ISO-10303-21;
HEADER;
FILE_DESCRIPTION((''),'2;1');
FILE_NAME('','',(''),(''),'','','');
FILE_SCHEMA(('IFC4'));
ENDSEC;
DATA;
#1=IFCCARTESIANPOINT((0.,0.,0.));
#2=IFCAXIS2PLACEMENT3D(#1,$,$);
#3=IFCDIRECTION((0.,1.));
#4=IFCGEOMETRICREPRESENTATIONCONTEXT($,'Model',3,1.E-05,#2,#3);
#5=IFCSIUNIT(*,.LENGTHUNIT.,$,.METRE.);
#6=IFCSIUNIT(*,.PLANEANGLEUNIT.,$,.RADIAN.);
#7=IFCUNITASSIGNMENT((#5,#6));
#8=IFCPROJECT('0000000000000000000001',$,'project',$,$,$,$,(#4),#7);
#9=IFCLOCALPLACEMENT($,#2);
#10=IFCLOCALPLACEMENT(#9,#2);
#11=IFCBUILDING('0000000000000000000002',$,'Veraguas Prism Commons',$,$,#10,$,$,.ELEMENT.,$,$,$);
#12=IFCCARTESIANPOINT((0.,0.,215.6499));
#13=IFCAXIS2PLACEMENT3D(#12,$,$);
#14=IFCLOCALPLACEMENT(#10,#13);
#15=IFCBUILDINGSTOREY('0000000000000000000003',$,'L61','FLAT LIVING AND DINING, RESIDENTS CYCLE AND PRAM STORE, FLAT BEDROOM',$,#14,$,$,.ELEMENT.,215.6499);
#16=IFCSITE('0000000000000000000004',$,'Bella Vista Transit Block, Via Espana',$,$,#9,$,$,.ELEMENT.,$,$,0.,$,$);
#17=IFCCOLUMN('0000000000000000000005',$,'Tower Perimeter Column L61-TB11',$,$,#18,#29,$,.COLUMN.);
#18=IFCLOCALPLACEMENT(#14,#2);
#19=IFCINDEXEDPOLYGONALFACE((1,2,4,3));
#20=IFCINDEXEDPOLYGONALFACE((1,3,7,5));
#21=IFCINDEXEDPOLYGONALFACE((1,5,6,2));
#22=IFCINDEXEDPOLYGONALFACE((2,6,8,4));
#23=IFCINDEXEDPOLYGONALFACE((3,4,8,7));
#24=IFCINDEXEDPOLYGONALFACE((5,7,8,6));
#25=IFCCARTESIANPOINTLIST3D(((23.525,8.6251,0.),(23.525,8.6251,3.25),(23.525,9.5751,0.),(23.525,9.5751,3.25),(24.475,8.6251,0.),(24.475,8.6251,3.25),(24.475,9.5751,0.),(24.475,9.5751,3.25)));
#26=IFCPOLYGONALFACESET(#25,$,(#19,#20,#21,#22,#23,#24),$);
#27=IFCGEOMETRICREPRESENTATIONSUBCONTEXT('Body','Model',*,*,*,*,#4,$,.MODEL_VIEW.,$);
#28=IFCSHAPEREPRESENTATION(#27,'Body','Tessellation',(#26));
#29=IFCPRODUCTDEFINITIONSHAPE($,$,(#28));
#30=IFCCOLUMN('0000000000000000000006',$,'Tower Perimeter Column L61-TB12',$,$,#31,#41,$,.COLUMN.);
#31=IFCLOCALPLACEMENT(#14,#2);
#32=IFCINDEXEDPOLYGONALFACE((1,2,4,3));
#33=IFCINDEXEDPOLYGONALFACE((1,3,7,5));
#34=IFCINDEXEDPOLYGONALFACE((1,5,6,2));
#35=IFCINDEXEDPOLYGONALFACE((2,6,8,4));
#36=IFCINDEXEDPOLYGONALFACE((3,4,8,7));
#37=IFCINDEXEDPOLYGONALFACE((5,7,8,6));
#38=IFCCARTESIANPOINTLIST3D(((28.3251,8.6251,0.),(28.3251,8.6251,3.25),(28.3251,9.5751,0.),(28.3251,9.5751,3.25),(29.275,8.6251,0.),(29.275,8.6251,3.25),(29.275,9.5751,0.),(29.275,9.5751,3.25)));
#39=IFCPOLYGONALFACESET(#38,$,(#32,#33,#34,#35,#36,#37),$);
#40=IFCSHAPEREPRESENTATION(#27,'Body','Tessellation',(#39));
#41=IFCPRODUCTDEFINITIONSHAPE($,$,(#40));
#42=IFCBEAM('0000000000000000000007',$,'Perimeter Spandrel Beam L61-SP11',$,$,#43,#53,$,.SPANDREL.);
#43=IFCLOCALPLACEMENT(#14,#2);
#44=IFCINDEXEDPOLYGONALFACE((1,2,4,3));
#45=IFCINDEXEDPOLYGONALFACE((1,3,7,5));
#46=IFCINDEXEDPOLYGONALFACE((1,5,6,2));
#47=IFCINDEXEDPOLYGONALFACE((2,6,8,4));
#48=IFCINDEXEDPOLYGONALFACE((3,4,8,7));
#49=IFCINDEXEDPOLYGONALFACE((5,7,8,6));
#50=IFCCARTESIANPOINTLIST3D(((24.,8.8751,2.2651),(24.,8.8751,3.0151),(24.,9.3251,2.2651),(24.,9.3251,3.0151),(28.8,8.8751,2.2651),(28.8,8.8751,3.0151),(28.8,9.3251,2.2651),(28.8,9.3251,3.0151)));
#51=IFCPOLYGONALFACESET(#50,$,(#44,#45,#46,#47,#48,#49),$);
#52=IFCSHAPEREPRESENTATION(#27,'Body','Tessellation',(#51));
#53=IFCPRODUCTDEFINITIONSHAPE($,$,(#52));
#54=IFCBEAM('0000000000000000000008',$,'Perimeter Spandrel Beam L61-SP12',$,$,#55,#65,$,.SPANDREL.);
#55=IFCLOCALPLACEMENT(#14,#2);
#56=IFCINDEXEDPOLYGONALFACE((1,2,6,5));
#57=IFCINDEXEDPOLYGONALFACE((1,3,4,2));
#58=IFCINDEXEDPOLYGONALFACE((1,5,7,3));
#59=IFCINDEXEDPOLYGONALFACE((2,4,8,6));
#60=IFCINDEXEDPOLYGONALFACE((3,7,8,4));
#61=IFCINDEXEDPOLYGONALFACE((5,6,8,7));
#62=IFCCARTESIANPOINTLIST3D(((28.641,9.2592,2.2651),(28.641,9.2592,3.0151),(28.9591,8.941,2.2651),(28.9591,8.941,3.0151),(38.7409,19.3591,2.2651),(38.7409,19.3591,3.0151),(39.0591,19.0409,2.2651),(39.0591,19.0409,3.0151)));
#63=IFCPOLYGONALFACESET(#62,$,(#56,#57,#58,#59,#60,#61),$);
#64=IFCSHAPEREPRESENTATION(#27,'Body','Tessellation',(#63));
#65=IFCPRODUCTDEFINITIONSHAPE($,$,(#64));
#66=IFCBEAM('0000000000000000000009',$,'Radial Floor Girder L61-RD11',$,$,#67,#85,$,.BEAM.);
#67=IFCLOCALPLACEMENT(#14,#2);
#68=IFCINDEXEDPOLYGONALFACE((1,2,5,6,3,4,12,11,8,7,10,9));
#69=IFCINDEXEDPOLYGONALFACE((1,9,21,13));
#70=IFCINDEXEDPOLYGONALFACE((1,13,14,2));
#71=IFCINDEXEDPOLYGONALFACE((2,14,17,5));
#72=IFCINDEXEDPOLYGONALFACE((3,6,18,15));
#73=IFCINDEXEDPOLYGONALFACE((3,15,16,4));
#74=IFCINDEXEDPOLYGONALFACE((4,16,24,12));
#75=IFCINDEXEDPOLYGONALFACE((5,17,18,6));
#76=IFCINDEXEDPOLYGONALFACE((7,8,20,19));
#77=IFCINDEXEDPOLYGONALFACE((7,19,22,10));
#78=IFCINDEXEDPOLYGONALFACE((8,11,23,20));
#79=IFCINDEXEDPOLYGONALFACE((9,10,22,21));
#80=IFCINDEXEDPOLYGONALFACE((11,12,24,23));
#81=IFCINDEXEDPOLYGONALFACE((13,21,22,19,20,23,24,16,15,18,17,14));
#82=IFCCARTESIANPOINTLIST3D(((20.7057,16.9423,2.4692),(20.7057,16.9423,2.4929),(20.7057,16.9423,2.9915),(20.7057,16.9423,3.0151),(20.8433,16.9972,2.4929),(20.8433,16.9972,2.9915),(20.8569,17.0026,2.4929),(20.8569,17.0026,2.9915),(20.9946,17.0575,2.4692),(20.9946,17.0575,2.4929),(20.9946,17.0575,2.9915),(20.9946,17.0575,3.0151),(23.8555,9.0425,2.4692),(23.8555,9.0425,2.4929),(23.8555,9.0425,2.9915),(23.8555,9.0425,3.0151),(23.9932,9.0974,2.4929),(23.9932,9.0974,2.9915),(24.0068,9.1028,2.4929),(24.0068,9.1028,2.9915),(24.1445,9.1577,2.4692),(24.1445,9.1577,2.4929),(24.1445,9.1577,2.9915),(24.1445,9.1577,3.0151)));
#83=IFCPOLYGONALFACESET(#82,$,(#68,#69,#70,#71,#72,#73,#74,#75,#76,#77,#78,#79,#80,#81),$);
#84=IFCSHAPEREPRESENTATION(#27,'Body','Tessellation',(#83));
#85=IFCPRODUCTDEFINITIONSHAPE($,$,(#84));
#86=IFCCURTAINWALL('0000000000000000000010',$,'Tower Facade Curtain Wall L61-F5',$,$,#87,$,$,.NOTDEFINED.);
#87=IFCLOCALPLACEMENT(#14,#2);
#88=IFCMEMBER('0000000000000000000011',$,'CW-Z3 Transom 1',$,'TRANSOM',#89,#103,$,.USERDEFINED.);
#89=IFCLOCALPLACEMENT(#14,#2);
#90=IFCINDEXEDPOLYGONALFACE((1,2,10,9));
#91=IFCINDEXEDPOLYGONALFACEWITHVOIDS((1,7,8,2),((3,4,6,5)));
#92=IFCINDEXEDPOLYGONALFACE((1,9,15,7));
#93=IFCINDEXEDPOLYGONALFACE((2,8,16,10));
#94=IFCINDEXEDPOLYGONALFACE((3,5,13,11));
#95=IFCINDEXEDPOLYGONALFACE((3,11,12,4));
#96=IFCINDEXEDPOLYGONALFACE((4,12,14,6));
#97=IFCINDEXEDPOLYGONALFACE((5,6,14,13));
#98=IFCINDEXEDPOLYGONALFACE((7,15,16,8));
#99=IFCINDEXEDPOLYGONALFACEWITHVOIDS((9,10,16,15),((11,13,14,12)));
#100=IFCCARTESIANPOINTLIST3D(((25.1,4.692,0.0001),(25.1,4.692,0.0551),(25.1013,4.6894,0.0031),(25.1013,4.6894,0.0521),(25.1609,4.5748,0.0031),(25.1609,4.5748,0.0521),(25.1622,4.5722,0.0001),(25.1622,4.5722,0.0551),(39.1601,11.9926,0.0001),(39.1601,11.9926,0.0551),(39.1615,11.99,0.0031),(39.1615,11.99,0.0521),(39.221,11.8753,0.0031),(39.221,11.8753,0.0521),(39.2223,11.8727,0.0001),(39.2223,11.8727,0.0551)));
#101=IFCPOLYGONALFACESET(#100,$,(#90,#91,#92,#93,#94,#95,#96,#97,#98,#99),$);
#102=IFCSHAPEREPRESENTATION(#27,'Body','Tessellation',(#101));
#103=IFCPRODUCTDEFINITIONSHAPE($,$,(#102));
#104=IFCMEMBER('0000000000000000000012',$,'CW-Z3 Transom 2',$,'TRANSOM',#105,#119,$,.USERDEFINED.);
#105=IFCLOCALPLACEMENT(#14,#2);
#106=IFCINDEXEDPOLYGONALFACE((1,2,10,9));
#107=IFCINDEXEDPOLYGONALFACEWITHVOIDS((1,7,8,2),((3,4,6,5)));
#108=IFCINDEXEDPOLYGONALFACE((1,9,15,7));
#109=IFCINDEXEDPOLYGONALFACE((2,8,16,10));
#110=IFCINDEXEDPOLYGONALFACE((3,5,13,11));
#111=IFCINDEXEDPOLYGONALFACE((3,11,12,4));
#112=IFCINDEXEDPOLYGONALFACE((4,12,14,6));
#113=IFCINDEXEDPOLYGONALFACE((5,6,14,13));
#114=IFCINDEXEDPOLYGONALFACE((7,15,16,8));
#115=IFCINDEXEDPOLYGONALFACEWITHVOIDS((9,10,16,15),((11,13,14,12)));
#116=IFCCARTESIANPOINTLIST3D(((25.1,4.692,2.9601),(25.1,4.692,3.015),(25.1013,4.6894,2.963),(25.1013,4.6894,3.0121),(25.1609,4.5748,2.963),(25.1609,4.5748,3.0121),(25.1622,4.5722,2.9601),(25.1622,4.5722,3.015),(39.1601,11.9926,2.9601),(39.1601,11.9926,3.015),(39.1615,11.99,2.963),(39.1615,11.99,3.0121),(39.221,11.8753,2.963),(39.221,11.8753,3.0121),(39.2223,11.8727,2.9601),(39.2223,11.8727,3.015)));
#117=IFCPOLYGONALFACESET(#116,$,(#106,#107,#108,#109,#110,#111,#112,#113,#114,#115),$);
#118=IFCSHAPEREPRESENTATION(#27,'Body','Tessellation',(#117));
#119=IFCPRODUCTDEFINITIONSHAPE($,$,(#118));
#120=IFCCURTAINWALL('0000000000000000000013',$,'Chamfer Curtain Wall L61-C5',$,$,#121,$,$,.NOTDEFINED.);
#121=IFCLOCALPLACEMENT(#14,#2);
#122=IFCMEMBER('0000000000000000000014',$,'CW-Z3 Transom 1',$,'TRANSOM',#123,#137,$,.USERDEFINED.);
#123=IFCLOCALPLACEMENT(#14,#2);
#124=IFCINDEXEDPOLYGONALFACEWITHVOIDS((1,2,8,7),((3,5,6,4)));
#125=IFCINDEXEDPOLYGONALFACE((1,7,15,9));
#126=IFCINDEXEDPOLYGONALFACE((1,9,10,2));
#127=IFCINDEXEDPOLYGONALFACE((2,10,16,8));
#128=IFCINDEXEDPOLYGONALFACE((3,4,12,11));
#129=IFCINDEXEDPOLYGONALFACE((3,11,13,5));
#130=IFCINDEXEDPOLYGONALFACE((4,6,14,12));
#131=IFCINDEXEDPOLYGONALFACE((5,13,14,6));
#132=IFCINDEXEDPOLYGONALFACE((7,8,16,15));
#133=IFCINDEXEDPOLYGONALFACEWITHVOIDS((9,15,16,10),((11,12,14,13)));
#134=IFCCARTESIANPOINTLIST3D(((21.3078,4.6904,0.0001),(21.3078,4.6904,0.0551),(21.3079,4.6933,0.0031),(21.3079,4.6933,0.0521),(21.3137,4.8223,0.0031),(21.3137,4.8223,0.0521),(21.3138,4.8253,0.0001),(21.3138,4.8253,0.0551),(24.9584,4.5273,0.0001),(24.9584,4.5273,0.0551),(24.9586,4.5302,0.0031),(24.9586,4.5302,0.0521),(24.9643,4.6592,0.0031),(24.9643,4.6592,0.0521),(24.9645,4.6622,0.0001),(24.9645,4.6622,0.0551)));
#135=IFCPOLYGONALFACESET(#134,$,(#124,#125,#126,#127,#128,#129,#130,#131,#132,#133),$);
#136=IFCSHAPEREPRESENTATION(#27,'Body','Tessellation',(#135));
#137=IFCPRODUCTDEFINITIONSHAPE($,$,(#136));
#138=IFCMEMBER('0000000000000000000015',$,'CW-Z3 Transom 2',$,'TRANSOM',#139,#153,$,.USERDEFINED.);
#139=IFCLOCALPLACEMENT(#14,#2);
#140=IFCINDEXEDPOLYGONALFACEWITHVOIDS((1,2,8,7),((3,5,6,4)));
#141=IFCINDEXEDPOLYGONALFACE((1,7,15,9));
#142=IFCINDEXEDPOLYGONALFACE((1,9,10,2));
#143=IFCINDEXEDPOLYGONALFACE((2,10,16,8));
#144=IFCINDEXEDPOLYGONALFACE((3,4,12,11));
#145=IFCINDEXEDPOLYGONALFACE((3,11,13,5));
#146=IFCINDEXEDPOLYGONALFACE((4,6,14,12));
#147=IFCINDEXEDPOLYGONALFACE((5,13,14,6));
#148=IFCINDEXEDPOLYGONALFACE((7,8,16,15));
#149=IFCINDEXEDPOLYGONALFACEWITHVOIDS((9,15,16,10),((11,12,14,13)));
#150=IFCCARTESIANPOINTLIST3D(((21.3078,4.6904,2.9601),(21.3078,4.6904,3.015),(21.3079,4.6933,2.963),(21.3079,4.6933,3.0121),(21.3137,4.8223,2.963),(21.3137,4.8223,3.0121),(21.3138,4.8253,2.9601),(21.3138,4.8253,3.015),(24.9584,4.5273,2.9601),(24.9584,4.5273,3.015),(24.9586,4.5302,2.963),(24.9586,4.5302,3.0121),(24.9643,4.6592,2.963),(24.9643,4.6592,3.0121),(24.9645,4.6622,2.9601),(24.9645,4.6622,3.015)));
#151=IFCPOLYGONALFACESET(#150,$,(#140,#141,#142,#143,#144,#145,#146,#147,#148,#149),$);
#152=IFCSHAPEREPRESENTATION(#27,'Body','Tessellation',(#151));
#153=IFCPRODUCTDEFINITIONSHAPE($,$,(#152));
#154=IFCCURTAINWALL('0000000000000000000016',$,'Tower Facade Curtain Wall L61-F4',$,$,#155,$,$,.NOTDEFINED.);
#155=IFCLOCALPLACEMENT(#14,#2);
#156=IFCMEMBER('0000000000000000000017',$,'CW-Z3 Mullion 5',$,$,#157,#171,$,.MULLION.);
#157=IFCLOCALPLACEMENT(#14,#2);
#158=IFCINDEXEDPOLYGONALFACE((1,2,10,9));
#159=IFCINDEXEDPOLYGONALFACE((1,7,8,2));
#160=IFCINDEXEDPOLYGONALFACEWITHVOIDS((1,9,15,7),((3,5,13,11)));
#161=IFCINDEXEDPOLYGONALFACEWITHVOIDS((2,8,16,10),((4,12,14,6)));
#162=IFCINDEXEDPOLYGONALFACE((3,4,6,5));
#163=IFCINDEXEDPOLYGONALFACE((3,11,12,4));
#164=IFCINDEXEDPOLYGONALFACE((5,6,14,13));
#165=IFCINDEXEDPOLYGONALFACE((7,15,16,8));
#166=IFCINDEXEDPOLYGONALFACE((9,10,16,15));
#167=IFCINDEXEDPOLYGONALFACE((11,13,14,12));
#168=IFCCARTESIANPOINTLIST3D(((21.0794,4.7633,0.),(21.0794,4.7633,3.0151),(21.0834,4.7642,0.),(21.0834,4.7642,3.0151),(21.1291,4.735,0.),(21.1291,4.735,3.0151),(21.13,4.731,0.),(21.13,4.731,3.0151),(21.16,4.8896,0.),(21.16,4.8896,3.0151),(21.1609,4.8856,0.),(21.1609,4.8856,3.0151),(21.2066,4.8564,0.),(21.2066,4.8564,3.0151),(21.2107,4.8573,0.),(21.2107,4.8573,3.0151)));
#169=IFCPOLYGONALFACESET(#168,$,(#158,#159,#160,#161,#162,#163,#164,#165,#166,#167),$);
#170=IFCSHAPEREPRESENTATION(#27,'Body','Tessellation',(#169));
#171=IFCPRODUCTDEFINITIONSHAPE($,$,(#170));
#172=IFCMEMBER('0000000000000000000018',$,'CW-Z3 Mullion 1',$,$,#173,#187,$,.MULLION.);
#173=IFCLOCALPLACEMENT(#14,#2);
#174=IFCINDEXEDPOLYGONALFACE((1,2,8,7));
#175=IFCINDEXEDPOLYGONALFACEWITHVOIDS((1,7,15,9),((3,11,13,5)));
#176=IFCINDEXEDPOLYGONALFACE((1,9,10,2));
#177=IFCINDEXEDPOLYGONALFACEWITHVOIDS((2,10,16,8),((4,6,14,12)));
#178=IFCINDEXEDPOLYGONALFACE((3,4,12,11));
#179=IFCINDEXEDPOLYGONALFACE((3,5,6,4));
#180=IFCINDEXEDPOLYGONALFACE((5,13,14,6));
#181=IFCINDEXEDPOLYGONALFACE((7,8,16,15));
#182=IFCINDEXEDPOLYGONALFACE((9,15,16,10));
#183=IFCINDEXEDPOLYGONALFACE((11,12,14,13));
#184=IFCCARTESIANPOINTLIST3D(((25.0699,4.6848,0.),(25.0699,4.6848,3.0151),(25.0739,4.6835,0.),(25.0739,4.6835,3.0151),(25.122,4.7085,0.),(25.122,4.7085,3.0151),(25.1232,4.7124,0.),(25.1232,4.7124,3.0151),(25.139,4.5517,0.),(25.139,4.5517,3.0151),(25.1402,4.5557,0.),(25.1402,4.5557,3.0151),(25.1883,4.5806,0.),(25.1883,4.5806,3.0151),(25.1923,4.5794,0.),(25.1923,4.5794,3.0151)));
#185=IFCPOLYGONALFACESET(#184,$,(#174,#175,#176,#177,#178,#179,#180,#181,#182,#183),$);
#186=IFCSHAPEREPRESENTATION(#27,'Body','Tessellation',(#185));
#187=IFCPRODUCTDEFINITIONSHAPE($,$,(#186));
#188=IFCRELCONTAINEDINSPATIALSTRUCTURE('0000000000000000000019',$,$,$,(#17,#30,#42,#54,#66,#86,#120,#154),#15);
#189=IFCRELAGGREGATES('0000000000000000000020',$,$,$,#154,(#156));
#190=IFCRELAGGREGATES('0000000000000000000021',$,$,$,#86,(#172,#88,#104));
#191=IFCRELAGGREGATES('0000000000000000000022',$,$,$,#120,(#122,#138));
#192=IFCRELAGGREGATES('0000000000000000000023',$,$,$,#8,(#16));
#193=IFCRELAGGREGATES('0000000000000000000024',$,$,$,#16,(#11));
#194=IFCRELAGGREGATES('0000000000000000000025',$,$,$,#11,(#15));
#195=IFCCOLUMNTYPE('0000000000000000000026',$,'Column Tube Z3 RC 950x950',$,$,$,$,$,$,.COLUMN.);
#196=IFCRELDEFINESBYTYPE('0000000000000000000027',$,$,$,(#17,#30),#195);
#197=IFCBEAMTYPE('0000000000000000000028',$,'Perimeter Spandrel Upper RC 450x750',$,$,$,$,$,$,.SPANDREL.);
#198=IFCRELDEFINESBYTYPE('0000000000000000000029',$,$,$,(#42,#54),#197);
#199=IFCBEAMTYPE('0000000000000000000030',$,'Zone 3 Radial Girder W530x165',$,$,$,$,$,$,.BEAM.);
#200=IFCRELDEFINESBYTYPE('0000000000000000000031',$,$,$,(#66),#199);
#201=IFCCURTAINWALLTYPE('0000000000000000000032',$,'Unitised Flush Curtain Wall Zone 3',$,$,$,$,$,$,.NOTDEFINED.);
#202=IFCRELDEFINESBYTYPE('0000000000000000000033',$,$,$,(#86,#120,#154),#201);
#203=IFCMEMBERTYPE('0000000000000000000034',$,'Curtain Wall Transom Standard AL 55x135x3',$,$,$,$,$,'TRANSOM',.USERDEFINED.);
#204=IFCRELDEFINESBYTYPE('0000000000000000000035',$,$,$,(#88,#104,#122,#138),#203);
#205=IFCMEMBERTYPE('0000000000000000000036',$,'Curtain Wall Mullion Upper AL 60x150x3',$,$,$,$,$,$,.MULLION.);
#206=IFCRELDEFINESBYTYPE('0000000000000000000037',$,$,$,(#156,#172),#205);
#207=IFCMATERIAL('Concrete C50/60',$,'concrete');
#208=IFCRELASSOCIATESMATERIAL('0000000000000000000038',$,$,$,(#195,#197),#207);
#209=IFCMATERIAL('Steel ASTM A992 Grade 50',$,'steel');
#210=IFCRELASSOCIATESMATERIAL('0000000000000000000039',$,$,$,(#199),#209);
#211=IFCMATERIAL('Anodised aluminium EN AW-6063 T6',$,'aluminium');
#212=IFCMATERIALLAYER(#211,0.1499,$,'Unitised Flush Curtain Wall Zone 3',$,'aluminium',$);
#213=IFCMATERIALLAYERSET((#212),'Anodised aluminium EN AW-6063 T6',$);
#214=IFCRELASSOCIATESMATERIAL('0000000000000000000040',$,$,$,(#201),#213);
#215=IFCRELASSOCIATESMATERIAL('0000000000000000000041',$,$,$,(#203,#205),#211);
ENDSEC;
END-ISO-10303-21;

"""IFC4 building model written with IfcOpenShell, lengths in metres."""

from ifc_helpers import new_model, si_unit, direction, frame, origin, origin_2d, place, context, subcontext, project, spatial, rectangle, hollow_rectangle, i_section, extrude, source, transform, mapped, material, layer, layer_set, material_profile, profile_set, type_object, element, aggregate, save


model = new_model("IFC4")

# Units and contexts
model_context = context("Model", 3, precision=1e-05, world=origin(), true_north=direction((0.0, 1.0)))
body_context = subcontext(model_context, "Body", "Model", "MODEL_VIEW")
ifc_project = project(units=[si_unit("LENGTHUNIT", "METRE"), si_unit("PLANEANGLEUNIT", "RADIAN")], contexts=[model_context])

# Site, building, storey
site_placement = place(None, origin())
site = spatial("IfcSite", under=ifc_project, at=site_placement, Name="Bella Vista Transit Block, Via Espana", CompositionType="ELEMENT", RefElevation=0.0)
building_placement = place(site_placement, origin())
building = spatial("IfcBuilding", under=site, at=building_placement, Name="Veraguas Prism Commons", CompositionType="ELEMENT")
storey_placement = place(building_placement, frame((0.0, 0.0, 215.6499)))
storey = spatial("IfcBuildingStorey", under=building, at=storey_placement, Name="L61", Description="FLAT LIVING AND DINING, RESIDENTS CYCLE AND PRAM STORE, FLAT BEDROOM", CompositionType="ELEMENT", Elevation=215.6499)

# Columns
ifc_material_1 = material(Name="Concrete C50/60", Category="concrete")
ifc_material_profile_1 = material_profile(ifc_material_1, rectangle(XDim=0.95, YDim=0.95, at=origin_2d()), Name="RC950X950")
ifc_profile_set_1 = profile_set([ifc_material_profile_1], Name="Concrete C50/60")
column_type = type_object("IfcColumnType", Name="Column Tube Z3 RC 950x950", PredefinedType="COLUMN", material=ifc_profile_set_1)
for number, where, z_axis, x_axis, name in (
    (1, (24.0, 9.1001, 0.0), (0.0, 0.0, 1.0), (1.0, 0.0, 0.0), "Tower Perimeter Column L61-TB11"),
    (2, (28.8, 9.1001, 0.0), (0.0, 0.0, 1.0), (1.0, 0.0, 0.0), "Tower Perimeter Column L61-TB12"),
):
    element("IfcColumn", number, at=place(storey_placement, frame(where, z_axis=z_axis, x_axis=x_axis)), inside=storey, type_object=column_type, Name=name, PredefinedType="COLUMN", context=body_context, shape_type="SweptSolid", body=[
        extrude(rectangle(XDim=0.95, YDim=0.95, at=origin_2d()), origin(), (0.0, 0.0, 1.0), 3.25),
    ])

# Beams
ifc_material_profile_2 = material_profile(ifc_material_1, rectangle(XDim=0.45, YDim=0.75, at=origin_2d()), Name="RC450X750")
ifc_profile_set_2 = profile_set([ifc_material_profile_2], Name="Concrete C50/60")
beam_type_1 = type_object("IfcBeamType", Name="Perimeter Spandrel Upper RC 450x750", PredefinedType="SPANDREL", material=ifc_profile_set_2)
beam_1_placement = place(storey_placement, frame((24.0, 9.1001, 2.6401), z_axis=(1.0, 0.0, 0.0), x_axis=(0.0, 1.0, 0.0)))
element("IfcBeam", 3, at=beam_1_placement, inside=storey, type_object=beam_type_1, Name="Perimeter Spandrel Beam L61-SP11", PredefinedType="SPANDREL", context=body_context, shape_type="SweptSolid", body=[
    extrude(rectangle(XDim=0.45, YDim=0.75, at=origin_2d()), origin(), (0.0, 0.0, 1.0), 4.8),
])
beam_2_placement = place(storey_placement, frame((28.8, 9.1001, 2.6401), z_axis=(0.707107, 0.707107, 0.0), x_axis=(-0.707107, 0.707107, 0.0)))
element("IfcBeam", 4, at=beam_2_placement, inside=storey, type_object=beam_type_1, Name="Perimeter Spandrel Beam L61-SP12", PredefinedType="SPANDREL", context=body_context, shape_type="SweptSolid", body=[
    extrude(rectangle(XDim=0.45, YDim=0.75, at=origin_2d()), origin(), (0.0, 0.0, 1.0), 14.2834),
])
ifc_material_2 = material(Name="Steel ASTM A992 Grade 50", Category="steel")
ifc_material_profile_3 = material_profile(ifc_material_2, i_section(OverallWidth=0.311, OverallDepth=0.5459, WebThickness=0.0146, FlangeThickness=0.0237, at=origin_2d()), Name="W530X165")
ifc_profile_set_3 = profile_set([ifc_material_profile_3], Name="Steel ASTM A992 Grade 50")
beam_type_2 = type_object("IfcBeamType", Name="Zone 3 Radial Girder W530x165", PredefinedType="BEAM", material=ifc_profile_set_3)
beam_3_placement = place(storey_placement, frame((24.0, 9.1001, 2.7422), z_axis=(-0.370371, 0.928884, 0.0), x_axis=(-0.928884, -0.370371, 0.0)))
element("IfcBeam", 5, at=beam_3_placement, inside=storey, type_object=beam_type_2, Name="Radial Floor Girder L61-RD11", PredefinedType="BEAM", context=body_context, shape_type="SweptSolid", body=[
    extrude(i_section(OverallWidth=0.311, OverallDepth=0.5459, WebThickness=0.0146, FlangeThickness=0.0237, at=origin_2d()), origin(), (0.0, 0.0, 1.0), 8.5046),
])

# Curtain walls, members
ifc_material_3 = material(Name="Anodised aluminium EN AW-6063 T6", Category="aluminium")
ifc_layer_1 = layer(ifc_material_3, 0.1499, Name="Unitised Flush Curtain Wall Zone 3", Category="aluminium")
ifc_layer_set_1 = layer_set([ifc_layer_1], Name="Anodised aluminium EN AW-6063 T6")
curtain_wall_type = type_object("IfcCurtainWallType", Name="Unitised Flush Curtain Wall Zone 3", PredefinedType="NOTDEFINED", material=ifc_layer_set_1)
curtain_wall_1_placement = place(storey_placement, origin())
curtain_wall_1 = element("IfcCurtainWall", 6, at=curtain_wall_1_placement, inside=storey, type_object=curtain_wall_type, Name="Tower Facade Curtain Wall L61-F5", PredefinedType="NOTDEFINED")
ifc_material_profile_4 = material_profile(ifc_material_3, hollow_rectangle(XDim=0.0549, YDim=0.135, WallThickness=0.0029, at=origin_2d()), Name="AL55X135X3")
ifc_profile_set_4 = profile_set([ifc_material_profile_4], Name="Anodised aluminium EN AW-6063 T6")
member_type_1 = type_object("IfcMemberType", Name="Curtain Wall Transom Standard AL 55x135x3", ElementType="TRANSOM", PredefinedType="USERDEFINED", material=ifc_profile_set_4)
shared_shape_1 = source(origin(), body_context, "Body", "SweptSolid", [
    extrude(hollow_rectangle(XDim=0.0549, YDim=0.135, WallThickness=0.0029, at=origin_2d()), origin(), (0.0, 0.0, 1.0), 15.8425),
])
member_1_placement = place(storey_placement, frame((25.1311, 4.6321, 0.0276), z_axis=(0.887493, 0.460821, 0.0), x_axis=(0.0, 0.0, 1.0)))
member_1 = element("IfcMember", 7, at=member_1_placement, type_object=member_type_1, Name="CW-Z3 Transom 1", ObjectType="TRANSOM", PredefinedType="USERDEFINED", context=body_context, shape_type="MappedRepresentation", body=[
    mapped(shared_shape_1, transform((0.0, 0.0, 0.0), scale=1.0)),
])
member_2_placement = place(storey_placement, frame((25.1311, 4.6321, 2.9875), z_axis=(0.887493, 0.460821, 0.0), x_axis=(0.0, 0.0, 1.0)))
member_2 = element("IfcMember", 8, at=member_2_placement, type_object=member_type_1, Name="CW-Z3 Transom 2", ObjectType="TRANSOM", PredefinedType="USERDEFINED", context=body_context, shape_type="MappedRepresentation", body=[
    mapped(shared_shape_1, transform((0.0, 0.0, 0.0), scale=1.0)),
])
curtain_wall_2_placement = place(storey_placement, origin())
curtain_wall_2 = element("IfcCurtainWall", 9, at=curtain_wall_2_placement, inside=storey, type_object=curtain_wall_type, Name="Chamfer Curtain Wall L61-C5", PredefinedType="NOTDEFINED")
shared_shape_2 = source(origin(), body_context, "Body", "SweptSolid", [
    extrude(hollow_rectangle(XDim=0.0549, YDim=0.135, WallThickness=0.0029, at=origin_2d()), origin(), (0.0, 0.0, 1.0), 3.6543),
])
member_3_placement = place(storey_placement, frame((21.3108, 4.7578, 0.0276), z_axis=(0.999004, -0.044629, 0.0), x_axis=(0.0, 0.0, 1.0)))
member_3 = element("IfcMember", 10, at=member_3_placement, type_object=member_type_1, Name="CW-Z3 Transom 1", ObjectType="TRANSOM", PredefinedType="USERDEFINED", context=body_context, shape_type="MappedRepresentation", body=[
    mapped(shared_shape_2, transform((0.0, 0.0, 0.0), scale=1.0)),
])
member_4_placement = place(storey_placement, frame((21.3108, 4.7578, 2.9875), z_axis=(0.999004, -0.044629, 0.0), x_axis=(0.0, 0.0, 1.0)))
member_4 = element("IfcMember", 11, at=member_4_placement, type_object=member_type_1, Name="CW-Z3 Transom 2", ObjectType="TRANSOM", PredefinedType="USERDEFINED", context=body_context, shape_type="MappedRepresentation", body=[
    mapped(shared_shape_2, transform((0.0, 0.0, 0.0), scale=1.0)),
])

# Curtain wall, member
curtain_wall_3_placement = place(storey_placement, origin())
curtain_wall_3 = element("IfcCurtainWall", 12, at=curtain_wall_3_placement, inside=storey, type_object=curtain_wall_type, Name="Tower Facade Curtain Wall L61-F4", PredefinedType="NOTDEFINED")
ifc_material_profile_5 = material_profile(ifc_material_3, hollow_rectangle(XDim=0.0601, YDim=0.1499, WallThickness=0.0029, at=origin_2d()), Name="AL60X150X3")
ifc_profile_set_5 = profile_set([ifc_material_profile_5], Name="Anodised aluminium EN AW-6063 T6")
member_type_2 = type_object("IfcMemberType", Name="Curtain Wall Mullion Upper AL 60x150x3", PredefinedType="MULLION", material=ifc_profile_set_5)
shared_shape_3 = source(origin(), body_context, "Body", "SweptSolid", [
    extrude(hollow_rectangle(XDim=0.0601, YDim=0.1499, WallThickness=0.0029, at=origin_2d()), origin(), (0.0, 0.0, 1.0), 3.0151),
])
member_5_placement = place(storey_placement, frame((21.145, 4.8103, 0.0), z_axis=(0.0, 0.0, 1.0), x_axis=(0.842828, -0.538183, 0.0)))
member_5 = element("IfcMember", 13, at=member_5_placement, type_object=member_type_2, Name="CW-Z3 Mullion 5", PredefinedType="MULLION", context=body_context, shape_type="MappedRepresentation", body=[
    mapped(shared_shape_3, transform((0.0, 0.0, 0.0), scale=1.0)),
])
aggregate(curtain_wall_3, [member_5])

# Member
member_6_placement = place(storey_placement, frame((25.1311, 4.6321, 0.0), z_axis=(0.0, 0.0, 1.0), x_axis=(0.887494, 0.460819, 0.0)))
member_6 = element("IfcMember", 14, at=member_6_placement, type_object=member_type_2, Name="CW-Z3 Mullion 1", PredefinedType="MULLION", context=body_context, shape_type="MappedRepresentation", body=[
    mapped(shared_shape_3, transform((0.0, 0.0, 0.0), scale=1.0)),
])

aggregate(curtain_wall_1, [member_6, member_1, member_2])
aggregate(curtain_wall_2, [member_3, member_4])

save(model, "model.ifc")
